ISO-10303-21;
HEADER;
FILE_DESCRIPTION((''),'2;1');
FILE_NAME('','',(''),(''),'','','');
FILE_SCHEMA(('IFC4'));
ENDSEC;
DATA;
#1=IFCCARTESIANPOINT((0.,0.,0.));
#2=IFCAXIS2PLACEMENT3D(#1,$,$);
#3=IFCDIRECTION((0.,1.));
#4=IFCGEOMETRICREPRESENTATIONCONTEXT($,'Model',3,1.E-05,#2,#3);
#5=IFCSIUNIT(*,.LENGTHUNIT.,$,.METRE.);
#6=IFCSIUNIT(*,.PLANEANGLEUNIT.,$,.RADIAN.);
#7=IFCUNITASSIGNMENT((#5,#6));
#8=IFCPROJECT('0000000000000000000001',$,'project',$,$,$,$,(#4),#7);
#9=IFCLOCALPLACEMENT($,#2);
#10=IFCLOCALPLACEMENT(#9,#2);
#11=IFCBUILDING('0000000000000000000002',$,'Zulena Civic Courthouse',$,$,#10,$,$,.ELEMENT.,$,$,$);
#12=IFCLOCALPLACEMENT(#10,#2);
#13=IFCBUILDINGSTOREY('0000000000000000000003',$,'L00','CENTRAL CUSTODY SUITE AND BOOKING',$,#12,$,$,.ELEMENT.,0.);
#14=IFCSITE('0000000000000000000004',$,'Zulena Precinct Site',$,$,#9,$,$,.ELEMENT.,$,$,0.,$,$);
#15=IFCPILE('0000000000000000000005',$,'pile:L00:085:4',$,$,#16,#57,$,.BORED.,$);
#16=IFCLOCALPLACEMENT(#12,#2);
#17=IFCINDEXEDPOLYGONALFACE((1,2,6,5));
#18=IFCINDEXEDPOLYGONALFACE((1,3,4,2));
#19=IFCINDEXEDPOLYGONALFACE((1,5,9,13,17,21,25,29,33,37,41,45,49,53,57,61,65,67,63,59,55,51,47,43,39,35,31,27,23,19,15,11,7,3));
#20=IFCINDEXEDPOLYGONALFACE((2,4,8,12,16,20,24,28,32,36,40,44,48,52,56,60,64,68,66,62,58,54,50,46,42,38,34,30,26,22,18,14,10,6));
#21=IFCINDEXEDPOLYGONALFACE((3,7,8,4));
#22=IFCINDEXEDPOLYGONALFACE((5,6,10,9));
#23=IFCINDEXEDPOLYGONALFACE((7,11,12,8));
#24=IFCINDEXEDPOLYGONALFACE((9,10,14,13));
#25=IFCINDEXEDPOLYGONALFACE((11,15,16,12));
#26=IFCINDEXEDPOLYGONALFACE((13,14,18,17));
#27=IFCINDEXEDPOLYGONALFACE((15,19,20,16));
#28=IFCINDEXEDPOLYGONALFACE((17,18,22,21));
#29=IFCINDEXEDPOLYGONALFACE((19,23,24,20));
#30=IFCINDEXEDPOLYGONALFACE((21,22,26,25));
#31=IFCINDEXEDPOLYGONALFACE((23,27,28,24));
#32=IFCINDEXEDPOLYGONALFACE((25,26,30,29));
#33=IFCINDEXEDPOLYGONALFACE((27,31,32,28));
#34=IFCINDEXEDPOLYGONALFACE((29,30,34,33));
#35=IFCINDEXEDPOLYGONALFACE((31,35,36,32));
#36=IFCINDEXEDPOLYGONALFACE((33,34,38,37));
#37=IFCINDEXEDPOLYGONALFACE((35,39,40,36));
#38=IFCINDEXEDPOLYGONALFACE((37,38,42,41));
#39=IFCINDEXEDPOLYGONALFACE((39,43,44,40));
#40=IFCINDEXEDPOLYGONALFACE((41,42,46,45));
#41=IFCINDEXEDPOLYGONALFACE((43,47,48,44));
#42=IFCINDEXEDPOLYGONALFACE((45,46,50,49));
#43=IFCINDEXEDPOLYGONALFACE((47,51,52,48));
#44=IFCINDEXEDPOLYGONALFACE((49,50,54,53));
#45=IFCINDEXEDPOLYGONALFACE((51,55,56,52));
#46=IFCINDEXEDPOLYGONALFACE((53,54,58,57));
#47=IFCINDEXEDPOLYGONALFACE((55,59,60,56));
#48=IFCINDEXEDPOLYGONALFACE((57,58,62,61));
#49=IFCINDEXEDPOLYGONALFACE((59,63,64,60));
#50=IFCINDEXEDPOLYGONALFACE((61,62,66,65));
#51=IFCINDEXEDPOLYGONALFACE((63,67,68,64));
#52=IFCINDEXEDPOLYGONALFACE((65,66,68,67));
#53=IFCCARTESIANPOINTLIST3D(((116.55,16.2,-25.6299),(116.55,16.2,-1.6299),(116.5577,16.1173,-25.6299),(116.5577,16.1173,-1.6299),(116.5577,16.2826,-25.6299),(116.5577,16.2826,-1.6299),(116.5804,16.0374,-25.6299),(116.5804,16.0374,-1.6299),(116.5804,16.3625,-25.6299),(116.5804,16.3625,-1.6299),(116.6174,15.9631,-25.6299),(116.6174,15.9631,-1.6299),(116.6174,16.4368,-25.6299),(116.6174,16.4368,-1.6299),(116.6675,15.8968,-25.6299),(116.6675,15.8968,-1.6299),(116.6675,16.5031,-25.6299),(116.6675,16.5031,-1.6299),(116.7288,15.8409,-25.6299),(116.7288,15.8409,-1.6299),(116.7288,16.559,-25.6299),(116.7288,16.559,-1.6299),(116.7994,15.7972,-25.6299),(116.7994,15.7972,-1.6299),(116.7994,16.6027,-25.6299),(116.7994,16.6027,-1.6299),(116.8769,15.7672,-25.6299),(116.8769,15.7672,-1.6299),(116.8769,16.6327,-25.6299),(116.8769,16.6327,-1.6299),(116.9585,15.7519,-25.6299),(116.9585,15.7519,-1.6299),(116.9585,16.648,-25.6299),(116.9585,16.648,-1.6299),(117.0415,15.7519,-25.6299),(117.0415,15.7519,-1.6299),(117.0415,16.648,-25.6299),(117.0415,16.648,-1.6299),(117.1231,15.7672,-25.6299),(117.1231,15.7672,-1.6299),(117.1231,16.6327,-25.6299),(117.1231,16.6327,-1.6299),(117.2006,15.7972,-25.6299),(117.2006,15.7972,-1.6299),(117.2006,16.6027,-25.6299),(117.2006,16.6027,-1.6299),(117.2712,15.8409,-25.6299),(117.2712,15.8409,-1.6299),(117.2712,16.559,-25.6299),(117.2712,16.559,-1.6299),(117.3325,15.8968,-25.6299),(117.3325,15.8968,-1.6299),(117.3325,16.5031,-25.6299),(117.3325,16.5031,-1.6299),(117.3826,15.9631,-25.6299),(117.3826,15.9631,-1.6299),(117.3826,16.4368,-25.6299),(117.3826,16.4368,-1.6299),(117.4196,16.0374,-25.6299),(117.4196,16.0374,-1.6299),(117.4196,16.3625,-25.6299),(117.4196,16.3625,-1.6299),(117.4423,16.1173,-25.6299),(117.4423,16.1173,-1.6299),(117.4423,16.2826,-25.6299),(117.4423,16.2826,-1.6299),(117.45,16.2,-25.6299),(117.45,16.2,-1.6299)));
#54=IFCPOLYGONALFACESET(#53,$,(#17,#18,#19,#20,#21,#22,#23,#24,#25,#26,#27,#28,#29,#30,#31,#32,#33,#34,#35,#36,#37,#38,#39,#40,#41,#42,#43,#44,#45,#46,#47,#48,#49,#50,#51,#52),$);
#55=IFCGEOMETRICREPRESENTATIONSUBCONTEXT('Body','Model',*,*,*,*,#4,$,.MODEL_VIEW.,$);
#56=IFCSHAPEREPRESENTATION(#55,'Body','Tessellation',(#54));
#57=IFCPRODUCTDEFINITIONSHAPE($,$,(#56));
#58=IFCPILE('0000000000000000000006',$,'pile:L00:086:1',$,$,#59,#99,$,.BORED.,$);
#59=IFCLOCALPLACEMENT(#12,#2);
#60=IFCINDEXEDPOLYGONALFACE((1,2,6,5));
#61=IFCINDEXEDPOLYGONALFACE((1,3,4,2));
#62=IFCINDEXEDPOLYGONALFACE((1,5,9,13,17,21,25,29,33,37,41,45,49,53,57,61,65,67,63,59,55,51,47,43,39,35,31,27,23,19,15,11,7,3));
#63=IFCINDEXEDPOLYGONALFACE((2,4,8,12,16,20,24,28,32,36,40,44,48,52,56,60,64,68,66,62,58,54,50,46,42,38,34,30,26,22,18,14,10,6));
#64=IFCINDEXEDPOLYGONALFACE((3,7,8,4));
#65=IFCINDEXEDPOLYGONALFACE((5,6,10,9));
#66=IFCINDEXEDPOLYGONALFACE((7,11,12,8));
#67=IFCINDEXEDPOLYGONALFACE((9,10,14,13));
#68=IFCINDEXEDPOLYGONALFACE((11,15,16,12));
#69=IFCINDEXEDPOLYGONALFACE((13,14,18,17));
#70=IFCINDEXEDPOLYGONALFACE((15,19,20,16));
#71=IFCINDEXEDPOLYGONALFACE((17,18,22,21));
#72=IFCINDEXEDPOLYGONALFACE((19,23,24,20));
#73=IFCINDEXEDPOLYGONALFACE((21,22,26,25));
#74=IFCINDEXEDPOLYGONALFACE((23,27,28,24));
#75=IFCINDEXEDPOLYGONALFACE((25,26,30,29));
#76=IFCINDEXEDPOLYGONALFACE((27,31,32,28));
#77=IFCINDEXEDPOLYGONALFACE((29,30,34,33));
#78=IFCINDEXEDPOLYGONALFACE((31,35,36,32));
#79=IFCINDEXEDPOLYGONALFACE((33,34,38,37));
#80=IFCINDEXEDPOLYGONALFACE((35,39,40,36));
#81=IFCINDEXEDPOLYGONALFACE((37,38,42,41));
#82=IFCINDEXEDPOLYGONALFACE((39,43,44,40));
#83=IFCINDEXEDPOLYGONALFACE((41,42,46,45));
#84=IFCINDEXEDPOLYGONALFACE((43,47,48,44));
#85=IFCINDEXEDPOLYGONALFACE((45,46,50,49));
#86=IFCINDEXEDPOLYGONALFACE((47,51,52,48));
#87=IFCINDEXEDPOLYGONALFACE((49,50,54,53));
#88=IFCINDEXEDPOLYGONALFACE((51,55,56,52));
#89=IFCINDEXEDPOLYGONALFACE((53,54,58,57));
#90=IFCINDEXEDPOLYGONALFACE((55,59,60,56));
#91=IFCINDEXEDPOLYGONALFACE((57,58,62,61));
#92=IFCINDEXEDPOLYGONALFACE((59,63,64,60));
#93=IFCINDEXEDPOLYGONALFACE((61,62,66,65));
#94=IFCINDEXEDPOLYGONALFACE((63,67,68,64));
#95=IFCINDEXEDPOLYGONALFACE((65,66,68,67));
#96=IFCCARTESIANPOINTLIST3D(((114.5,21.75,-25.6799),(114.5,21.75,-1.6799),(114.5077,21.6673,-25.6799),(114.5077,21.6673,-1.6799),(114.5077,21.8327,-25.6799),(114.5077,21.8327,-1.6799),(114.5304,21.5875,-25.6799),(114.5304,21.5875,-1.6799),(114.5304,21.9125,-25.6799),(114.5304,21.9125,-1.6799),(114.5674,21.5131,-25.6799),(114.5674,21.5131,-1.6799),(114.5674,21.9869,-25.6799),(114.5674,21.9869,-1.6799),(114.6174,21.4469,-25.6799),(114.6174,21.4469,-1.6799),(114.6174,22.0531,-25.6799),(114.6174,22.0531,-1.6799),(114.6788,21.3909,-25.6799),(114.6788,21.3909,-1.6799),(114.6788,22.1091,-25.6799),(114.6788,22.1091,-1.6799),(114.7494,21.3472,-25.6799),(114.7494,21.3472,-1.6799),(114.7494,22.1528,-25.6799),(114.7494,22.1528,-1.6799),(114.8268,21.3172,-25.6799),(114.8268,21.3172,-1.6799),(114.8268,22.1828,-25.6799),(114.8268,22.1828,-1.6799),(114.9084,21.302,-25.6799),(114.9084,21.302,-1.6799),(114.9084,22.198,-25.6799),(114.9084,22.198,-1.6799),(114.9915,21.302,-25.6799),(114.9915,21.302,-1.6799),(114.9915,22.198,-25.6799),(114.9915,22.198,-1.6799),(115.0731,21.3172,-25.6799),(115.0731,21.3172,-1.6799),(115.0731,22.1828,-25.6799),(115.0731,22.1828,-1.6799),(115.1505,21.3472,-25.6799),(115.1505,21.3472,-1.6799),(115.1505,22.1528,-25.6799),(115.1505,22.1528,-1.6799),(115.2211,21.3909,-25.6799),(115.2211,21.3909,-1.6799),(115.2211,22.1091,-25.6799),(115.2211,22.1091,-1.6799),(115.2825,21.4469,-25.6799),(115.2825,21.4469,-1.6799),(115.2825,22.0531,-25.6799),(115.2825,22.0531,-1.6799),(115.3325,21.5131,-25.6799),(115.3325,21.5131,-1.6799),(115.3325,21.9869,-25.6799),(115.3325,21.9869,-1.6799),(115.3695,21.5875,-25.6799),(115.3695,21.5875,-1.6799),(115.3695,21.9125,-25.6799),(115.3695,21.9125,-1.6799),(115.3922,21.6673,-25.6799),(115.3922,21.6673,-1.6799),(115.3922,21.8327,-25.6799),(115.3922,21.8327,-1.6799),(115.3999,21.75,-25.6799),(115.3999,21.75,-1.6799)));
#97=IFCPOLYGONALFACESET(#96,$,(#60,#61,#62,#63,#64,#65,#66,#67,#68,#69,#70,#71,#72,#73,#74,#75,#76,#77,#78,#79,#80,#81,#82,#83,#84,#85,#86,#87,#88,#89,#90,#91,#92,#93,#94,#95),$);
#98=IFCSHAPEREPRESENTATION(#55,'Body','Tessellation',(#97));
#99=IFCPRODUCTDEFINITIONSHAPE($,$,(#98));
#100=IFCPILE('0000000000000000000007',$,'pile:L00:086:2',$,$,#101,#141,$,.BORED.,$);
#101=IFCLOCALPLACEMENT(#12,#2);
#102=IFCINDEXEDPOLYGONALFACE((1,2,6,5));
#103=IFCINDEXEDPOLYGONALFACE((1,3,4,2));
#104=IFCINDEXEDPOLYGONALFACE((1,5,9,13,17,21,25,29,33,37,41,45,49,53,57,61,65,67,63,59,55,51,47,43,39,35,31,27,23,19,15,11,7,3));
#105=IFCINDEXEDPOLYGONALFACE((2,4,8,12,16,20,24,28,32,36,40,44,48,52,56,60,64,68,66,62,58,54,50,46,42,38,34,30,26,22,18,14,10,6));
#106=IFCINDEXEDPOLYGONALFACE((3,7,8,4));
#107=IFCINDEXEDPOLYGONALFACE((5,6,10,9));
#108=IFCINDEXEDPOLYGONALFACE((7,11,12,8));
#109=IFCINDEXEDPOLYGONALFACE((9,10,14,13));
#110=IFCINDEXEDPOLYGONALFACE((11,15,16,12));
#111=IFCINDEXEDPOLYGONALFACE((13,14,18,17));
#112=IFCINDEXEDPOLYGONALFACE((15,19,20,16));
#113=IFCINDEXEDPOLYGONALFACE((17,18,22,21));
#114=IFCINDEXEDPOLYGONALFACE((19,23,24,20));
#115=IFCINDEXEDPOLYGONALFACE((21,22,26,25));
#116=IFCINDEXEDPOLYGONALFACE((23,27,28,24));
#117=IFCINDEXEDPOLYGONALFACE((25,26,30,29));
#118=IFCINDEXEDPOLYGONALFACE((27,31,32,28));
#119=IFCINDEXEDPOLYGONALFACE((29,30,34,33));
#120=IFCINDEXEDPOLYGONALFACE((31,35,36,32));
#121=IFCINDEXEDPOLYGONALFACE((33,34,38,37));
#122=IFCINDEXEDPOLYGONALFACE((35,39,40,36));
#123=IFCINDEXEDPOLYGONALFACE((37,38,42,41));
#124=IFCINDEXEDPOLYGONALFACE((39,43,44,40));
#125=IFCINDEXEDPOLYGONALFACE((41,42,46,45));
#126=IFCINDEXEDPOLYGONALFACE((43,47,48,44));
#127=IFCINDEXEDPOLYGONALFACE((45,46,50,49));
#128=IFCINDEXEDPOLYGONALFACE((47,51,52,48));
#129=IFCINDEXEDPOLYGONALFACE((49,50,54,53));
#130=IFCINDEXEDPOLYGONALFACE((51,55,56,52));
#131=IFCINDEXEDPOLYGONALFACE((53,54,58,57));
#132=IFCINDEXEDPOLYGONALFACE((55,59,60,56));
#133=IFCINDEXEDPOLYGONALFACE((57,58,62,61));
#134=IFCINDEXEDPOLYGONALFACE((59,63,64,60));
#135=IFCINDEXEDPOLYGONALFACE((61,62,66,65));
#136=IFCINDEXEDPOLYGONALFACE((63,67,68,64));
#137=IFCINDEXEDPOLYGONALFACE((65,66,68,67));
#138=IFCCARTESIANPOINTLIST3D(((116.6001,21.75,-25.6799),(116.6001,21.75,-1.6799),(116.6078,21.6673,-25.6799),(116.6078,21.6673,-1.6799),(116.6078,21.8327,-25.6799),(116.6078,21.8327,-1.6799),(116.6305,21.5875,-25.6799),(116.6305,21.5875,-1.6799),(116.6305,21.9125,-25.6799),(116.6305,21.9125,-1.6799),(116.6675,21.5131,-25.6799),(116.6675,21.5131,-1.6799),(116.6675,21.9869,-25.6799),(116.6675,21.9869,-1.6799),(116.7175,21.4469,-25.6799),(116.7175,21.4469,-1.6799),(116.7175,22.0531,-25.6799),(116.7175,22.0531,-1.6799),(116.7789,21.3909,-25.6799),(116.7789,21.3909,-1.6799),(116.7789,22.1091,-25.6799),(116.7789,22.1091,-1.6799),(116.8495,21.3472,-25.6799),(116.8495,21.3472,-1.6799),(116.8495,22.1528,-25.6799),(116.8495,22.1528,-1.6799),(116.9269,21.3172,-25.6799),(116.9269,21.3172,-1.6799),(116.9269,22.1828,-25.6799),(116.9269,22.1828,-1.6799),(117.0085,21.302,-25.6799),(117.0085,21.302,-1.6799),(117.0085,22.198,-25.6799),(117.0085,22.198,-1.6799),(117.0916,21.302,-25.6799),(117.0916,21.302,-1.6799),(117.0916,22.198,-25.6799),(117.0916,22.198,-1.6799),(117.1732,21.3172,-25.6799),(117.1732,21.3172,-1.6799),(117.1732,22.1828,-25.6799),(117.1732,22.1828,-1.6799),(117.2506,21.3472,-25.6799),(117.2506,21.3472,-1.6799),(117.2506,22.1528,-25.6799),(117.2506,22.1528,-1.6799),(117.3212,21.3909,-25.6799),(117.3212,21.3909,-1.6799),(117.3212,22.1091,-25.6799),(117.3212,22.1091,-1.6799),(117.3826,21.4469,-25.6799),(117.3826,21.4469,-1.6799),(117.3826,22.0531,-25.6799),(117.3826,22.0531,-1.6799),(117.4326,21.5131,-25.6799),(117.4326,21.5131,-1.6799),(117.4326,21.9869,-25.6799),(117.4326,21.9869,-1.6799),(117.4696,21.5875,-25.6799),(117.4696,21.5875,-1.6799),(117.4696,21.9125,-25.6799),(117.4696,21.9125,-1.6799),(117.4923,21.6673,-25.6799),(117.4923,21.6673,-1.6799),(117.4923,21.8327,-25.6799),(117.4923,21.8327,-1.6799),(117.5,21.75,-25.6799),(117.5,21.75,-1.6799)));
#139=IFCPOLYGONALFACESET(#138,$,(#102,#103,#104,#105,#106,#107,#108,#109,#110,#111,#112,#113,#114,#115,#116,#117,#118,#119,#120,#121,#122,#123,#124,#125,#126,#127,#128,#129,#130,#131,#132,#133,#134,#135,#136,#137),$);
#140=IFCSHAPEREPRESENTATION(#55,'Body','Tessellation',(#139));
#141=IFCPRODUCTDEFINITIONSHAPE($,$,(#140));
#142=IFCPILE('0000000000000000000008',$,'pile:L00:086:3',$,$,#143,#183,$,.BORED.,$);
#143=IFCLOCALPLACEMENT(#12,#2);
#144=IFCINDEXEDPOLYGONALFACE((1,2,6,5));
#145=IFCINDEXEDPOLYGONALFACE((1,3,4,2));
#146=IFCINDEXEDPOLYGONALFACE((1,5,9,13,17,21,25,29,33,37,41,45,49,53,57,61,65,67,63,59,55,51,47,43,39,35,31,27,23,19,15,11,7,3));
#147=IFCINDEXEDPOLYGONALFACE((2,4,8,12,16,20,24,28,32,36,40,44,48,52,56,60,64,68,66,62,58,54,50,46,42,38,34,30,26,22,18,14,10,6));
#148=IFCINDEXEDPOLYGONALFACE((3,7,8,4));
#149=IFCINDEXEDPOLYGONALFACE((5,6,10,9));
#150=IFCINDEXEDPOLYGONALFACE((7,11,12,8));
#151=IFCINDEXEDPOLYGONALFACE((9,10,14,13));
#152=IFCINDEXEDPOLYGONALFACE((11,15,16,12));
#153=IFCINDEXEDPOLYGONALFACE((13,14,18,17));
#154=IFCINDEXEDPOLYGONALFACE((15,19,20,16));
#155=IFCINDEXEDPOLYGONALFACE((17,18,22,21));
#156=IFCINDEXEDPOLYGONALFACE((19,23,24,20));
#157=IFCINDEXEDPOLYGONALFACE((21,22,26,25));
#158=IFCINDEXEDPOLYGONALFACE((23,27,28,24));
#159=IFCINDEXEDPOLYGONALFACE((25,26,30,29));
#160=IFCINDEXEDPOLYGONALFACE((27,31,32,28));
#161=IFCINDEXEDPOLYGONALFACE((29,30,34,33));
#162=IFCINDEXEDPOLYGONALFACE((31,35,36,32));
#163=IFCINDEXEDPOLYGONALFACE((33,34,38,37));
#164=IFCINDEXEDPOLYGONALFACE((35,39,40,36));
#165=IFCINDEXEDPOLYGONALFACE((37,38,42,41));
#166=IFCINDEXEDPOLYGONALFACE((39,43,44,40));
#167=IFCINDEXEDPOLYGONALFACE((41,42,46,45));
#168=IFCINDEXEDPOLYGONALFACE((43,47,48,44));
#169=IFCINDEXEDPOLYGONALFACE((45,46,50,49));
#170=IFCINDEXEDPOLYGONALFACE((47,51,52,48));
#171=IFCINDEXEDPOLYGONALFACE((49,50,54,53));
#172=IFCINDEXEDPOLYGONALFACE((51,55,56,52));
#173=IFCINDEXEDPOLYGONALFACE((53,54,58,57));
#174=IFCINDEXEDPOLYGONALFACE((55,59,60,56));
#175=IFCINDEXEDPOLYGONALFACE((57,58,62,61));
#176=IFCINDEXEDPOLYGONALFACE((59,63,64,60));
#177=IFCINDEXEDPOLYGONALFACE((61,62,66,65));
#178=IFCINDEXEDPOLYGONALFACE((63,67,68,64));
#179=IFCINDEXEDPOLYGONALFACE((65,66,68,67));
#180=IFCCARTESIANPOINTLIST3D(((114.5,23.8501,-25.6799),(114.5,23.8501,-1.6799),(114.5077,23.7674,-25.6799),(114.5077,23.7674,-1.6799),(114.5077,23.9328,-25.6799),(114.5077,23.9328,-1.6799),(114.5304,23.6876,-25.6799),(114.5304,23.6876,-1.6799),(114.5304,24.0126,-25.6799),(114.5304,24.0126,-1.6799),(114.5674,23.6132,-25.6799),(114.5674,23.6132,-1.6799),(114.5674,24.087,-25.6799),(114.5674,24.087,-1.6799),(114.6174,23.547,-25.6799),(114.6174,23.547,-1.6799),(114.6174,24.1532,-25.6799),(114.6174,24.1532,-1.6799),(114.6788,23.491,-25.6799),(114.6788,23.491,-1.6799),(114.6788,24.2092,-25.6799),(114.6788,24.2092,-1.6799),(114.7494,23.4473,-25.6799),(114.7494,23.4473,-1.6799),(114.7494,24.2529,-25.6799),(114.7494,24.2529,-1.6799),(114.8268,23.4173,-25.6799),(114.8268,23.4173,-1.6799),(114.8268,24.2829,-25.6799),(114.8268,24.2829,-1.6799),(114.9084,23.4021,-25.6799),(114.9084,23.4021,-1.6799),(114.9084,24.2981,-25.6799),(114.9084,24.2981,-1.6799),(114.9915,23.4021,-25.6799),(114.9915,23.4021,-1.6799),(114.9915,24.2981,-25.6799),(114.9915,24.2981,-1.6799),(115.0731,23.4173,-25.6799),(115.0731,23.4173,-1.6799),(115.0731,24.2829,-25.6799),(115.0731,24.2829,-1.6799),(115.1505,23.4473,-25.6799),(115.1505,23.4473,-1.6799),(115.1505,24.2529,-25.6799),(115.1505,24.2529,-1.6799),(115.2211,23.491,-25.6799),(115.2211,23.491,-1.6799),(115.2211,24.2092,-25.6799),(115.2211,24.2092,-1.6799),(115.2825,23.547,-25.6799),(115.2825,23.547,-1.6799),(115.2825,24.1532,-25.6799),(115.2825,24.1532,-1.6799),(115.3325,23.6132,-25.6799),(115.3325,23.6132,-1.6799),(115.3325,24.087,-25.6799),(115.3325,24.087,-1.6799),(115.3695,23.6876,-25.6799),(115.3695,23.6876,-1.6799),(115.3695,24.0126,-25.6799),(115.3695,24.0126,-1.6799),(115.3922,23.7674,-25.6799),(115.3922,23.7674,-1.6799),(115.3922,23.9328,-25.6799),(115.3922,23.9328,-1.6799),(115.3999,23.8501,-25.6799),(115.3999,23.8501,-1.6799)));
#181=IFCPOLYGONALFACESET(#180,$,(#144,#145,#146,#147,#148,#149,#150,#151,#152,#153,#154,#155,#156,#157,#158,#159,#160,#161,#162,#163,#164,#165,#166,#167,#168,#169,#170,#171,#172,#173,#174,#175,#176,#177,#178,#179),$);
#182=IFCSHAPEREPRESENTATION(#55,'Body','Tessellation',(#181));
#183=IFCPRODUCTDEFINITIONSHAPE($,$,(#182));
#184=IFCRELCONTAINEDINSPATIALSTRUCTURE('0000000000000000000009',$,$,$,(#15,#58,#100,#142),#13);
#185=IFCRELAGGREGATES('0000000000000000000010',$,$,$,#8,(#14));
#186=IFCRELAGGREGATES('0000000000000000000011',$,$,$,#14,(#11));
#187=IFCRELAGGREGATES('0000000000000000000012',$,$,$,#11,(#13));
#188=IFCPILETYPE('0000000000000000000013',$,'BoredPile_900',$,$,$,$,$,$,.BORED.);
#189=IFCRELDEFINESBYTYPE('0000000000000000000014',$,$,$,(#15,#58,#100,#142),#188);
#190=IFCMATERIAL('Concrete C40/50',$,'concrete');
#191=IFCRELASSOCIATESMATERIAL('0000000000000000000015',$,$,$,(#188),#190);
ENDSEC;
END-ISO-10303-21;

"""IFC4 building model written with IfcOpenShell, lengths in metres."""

from ifc_helpers import new_model, si_unit, direction, frame, origin, origin_2d, place, context, subcontext, project, spatial, circle, extrude, material, material_profile, profile_set, type_object, element, save


model = new_model("IFC4")

# Units and contexts
model_context = context("Model", 3, precision=1e-05, world=origin(), true_north=direction((0.0, 1.0)))
body_context = subcontext(model_context, "Body", "Model", "MODEL_VIEW")
ifc_project = project(units=[si_unit("LENGTHUNIT", "METRE"), si_unit("PLANEANGLEUNIT", "RADIAN")], contexts=[model_context])

# Site, building, storey
site_placement = place(None, origin())
site = spatial("IfcSite", under=ifc_project, at=site_placement, Name="Zulena Precinct Site", CompositionType="ELEMENT", RefElevation=0.0)
building_placement = place(site_placement, origin())
building = spatial("IfcBuilding", under=site, at=building_placement, Name="Zulena Civic Courthouse", CompositionType="ELEMENT")
storey_placement = place(building_placement, origin())
storey = spatial("IfcBuildingStorey", under=building, at=storey_placement, Name="L00", Description="CENTRAL CUSTODY SUITE AND BOOKING", CompositionType="ELEMENT", Elevation=0.0)

# Piles
ifc_material_1 = material(Name="Concrete C40/50", Category="concrete")
ifc_material_profile_1 = material_profile(ifc_material_1, circle(Radius=0.45, at=origin_2d()), Name="PILE900")
ifc_profile_set_1 = profile_set([ifc_material_profile_1], Name="Concrete C40/50")
pile_type_1 = type_object("IfcPileType", Name="BoredPile_900", PredefinedType="BORED", material=ifc_profile_set_1)
for number, where, z_axis, x_axis, name in (
    (1, (117.0, 16.2, -1.6299), (0.0, 0.0, -1.0), (1.0, 0.0, 0.0), "pile:L00:085:4"),
    (2, (114.95, 21.75, -1.6799), (0.0, 0.0, -1.0), (1.0, 0.0, 0.0), "pile:L00:086:1"),
    (3, (117.05, 21.75, -1.6799), (0.0, 0.0, -1.0), (1.0, 0.0, 0.0), "pile:L00:086:2"),
    (4, (114.95, 23.8501, -1.6799), (0.0, 0.0, -1.0), (1.0, 0.0, 0.0), "pile:L00:086:3"),
):
    element("IfcPile", number, at=place(storey_placement, frame(where, z_axis=z_axis, x_axis=x_axis)), inside=storey, type_object=pile_type_1, Name=name, PredefinedType="BORED", context=body_context, shape_type="SweptSolid", body=[
        extrude(circle(Radius=0.45, at=origin_2d()), origin(), (0.0, 0.0, 1.0), 24.0),
    ])

save(model, "model.ifc")
